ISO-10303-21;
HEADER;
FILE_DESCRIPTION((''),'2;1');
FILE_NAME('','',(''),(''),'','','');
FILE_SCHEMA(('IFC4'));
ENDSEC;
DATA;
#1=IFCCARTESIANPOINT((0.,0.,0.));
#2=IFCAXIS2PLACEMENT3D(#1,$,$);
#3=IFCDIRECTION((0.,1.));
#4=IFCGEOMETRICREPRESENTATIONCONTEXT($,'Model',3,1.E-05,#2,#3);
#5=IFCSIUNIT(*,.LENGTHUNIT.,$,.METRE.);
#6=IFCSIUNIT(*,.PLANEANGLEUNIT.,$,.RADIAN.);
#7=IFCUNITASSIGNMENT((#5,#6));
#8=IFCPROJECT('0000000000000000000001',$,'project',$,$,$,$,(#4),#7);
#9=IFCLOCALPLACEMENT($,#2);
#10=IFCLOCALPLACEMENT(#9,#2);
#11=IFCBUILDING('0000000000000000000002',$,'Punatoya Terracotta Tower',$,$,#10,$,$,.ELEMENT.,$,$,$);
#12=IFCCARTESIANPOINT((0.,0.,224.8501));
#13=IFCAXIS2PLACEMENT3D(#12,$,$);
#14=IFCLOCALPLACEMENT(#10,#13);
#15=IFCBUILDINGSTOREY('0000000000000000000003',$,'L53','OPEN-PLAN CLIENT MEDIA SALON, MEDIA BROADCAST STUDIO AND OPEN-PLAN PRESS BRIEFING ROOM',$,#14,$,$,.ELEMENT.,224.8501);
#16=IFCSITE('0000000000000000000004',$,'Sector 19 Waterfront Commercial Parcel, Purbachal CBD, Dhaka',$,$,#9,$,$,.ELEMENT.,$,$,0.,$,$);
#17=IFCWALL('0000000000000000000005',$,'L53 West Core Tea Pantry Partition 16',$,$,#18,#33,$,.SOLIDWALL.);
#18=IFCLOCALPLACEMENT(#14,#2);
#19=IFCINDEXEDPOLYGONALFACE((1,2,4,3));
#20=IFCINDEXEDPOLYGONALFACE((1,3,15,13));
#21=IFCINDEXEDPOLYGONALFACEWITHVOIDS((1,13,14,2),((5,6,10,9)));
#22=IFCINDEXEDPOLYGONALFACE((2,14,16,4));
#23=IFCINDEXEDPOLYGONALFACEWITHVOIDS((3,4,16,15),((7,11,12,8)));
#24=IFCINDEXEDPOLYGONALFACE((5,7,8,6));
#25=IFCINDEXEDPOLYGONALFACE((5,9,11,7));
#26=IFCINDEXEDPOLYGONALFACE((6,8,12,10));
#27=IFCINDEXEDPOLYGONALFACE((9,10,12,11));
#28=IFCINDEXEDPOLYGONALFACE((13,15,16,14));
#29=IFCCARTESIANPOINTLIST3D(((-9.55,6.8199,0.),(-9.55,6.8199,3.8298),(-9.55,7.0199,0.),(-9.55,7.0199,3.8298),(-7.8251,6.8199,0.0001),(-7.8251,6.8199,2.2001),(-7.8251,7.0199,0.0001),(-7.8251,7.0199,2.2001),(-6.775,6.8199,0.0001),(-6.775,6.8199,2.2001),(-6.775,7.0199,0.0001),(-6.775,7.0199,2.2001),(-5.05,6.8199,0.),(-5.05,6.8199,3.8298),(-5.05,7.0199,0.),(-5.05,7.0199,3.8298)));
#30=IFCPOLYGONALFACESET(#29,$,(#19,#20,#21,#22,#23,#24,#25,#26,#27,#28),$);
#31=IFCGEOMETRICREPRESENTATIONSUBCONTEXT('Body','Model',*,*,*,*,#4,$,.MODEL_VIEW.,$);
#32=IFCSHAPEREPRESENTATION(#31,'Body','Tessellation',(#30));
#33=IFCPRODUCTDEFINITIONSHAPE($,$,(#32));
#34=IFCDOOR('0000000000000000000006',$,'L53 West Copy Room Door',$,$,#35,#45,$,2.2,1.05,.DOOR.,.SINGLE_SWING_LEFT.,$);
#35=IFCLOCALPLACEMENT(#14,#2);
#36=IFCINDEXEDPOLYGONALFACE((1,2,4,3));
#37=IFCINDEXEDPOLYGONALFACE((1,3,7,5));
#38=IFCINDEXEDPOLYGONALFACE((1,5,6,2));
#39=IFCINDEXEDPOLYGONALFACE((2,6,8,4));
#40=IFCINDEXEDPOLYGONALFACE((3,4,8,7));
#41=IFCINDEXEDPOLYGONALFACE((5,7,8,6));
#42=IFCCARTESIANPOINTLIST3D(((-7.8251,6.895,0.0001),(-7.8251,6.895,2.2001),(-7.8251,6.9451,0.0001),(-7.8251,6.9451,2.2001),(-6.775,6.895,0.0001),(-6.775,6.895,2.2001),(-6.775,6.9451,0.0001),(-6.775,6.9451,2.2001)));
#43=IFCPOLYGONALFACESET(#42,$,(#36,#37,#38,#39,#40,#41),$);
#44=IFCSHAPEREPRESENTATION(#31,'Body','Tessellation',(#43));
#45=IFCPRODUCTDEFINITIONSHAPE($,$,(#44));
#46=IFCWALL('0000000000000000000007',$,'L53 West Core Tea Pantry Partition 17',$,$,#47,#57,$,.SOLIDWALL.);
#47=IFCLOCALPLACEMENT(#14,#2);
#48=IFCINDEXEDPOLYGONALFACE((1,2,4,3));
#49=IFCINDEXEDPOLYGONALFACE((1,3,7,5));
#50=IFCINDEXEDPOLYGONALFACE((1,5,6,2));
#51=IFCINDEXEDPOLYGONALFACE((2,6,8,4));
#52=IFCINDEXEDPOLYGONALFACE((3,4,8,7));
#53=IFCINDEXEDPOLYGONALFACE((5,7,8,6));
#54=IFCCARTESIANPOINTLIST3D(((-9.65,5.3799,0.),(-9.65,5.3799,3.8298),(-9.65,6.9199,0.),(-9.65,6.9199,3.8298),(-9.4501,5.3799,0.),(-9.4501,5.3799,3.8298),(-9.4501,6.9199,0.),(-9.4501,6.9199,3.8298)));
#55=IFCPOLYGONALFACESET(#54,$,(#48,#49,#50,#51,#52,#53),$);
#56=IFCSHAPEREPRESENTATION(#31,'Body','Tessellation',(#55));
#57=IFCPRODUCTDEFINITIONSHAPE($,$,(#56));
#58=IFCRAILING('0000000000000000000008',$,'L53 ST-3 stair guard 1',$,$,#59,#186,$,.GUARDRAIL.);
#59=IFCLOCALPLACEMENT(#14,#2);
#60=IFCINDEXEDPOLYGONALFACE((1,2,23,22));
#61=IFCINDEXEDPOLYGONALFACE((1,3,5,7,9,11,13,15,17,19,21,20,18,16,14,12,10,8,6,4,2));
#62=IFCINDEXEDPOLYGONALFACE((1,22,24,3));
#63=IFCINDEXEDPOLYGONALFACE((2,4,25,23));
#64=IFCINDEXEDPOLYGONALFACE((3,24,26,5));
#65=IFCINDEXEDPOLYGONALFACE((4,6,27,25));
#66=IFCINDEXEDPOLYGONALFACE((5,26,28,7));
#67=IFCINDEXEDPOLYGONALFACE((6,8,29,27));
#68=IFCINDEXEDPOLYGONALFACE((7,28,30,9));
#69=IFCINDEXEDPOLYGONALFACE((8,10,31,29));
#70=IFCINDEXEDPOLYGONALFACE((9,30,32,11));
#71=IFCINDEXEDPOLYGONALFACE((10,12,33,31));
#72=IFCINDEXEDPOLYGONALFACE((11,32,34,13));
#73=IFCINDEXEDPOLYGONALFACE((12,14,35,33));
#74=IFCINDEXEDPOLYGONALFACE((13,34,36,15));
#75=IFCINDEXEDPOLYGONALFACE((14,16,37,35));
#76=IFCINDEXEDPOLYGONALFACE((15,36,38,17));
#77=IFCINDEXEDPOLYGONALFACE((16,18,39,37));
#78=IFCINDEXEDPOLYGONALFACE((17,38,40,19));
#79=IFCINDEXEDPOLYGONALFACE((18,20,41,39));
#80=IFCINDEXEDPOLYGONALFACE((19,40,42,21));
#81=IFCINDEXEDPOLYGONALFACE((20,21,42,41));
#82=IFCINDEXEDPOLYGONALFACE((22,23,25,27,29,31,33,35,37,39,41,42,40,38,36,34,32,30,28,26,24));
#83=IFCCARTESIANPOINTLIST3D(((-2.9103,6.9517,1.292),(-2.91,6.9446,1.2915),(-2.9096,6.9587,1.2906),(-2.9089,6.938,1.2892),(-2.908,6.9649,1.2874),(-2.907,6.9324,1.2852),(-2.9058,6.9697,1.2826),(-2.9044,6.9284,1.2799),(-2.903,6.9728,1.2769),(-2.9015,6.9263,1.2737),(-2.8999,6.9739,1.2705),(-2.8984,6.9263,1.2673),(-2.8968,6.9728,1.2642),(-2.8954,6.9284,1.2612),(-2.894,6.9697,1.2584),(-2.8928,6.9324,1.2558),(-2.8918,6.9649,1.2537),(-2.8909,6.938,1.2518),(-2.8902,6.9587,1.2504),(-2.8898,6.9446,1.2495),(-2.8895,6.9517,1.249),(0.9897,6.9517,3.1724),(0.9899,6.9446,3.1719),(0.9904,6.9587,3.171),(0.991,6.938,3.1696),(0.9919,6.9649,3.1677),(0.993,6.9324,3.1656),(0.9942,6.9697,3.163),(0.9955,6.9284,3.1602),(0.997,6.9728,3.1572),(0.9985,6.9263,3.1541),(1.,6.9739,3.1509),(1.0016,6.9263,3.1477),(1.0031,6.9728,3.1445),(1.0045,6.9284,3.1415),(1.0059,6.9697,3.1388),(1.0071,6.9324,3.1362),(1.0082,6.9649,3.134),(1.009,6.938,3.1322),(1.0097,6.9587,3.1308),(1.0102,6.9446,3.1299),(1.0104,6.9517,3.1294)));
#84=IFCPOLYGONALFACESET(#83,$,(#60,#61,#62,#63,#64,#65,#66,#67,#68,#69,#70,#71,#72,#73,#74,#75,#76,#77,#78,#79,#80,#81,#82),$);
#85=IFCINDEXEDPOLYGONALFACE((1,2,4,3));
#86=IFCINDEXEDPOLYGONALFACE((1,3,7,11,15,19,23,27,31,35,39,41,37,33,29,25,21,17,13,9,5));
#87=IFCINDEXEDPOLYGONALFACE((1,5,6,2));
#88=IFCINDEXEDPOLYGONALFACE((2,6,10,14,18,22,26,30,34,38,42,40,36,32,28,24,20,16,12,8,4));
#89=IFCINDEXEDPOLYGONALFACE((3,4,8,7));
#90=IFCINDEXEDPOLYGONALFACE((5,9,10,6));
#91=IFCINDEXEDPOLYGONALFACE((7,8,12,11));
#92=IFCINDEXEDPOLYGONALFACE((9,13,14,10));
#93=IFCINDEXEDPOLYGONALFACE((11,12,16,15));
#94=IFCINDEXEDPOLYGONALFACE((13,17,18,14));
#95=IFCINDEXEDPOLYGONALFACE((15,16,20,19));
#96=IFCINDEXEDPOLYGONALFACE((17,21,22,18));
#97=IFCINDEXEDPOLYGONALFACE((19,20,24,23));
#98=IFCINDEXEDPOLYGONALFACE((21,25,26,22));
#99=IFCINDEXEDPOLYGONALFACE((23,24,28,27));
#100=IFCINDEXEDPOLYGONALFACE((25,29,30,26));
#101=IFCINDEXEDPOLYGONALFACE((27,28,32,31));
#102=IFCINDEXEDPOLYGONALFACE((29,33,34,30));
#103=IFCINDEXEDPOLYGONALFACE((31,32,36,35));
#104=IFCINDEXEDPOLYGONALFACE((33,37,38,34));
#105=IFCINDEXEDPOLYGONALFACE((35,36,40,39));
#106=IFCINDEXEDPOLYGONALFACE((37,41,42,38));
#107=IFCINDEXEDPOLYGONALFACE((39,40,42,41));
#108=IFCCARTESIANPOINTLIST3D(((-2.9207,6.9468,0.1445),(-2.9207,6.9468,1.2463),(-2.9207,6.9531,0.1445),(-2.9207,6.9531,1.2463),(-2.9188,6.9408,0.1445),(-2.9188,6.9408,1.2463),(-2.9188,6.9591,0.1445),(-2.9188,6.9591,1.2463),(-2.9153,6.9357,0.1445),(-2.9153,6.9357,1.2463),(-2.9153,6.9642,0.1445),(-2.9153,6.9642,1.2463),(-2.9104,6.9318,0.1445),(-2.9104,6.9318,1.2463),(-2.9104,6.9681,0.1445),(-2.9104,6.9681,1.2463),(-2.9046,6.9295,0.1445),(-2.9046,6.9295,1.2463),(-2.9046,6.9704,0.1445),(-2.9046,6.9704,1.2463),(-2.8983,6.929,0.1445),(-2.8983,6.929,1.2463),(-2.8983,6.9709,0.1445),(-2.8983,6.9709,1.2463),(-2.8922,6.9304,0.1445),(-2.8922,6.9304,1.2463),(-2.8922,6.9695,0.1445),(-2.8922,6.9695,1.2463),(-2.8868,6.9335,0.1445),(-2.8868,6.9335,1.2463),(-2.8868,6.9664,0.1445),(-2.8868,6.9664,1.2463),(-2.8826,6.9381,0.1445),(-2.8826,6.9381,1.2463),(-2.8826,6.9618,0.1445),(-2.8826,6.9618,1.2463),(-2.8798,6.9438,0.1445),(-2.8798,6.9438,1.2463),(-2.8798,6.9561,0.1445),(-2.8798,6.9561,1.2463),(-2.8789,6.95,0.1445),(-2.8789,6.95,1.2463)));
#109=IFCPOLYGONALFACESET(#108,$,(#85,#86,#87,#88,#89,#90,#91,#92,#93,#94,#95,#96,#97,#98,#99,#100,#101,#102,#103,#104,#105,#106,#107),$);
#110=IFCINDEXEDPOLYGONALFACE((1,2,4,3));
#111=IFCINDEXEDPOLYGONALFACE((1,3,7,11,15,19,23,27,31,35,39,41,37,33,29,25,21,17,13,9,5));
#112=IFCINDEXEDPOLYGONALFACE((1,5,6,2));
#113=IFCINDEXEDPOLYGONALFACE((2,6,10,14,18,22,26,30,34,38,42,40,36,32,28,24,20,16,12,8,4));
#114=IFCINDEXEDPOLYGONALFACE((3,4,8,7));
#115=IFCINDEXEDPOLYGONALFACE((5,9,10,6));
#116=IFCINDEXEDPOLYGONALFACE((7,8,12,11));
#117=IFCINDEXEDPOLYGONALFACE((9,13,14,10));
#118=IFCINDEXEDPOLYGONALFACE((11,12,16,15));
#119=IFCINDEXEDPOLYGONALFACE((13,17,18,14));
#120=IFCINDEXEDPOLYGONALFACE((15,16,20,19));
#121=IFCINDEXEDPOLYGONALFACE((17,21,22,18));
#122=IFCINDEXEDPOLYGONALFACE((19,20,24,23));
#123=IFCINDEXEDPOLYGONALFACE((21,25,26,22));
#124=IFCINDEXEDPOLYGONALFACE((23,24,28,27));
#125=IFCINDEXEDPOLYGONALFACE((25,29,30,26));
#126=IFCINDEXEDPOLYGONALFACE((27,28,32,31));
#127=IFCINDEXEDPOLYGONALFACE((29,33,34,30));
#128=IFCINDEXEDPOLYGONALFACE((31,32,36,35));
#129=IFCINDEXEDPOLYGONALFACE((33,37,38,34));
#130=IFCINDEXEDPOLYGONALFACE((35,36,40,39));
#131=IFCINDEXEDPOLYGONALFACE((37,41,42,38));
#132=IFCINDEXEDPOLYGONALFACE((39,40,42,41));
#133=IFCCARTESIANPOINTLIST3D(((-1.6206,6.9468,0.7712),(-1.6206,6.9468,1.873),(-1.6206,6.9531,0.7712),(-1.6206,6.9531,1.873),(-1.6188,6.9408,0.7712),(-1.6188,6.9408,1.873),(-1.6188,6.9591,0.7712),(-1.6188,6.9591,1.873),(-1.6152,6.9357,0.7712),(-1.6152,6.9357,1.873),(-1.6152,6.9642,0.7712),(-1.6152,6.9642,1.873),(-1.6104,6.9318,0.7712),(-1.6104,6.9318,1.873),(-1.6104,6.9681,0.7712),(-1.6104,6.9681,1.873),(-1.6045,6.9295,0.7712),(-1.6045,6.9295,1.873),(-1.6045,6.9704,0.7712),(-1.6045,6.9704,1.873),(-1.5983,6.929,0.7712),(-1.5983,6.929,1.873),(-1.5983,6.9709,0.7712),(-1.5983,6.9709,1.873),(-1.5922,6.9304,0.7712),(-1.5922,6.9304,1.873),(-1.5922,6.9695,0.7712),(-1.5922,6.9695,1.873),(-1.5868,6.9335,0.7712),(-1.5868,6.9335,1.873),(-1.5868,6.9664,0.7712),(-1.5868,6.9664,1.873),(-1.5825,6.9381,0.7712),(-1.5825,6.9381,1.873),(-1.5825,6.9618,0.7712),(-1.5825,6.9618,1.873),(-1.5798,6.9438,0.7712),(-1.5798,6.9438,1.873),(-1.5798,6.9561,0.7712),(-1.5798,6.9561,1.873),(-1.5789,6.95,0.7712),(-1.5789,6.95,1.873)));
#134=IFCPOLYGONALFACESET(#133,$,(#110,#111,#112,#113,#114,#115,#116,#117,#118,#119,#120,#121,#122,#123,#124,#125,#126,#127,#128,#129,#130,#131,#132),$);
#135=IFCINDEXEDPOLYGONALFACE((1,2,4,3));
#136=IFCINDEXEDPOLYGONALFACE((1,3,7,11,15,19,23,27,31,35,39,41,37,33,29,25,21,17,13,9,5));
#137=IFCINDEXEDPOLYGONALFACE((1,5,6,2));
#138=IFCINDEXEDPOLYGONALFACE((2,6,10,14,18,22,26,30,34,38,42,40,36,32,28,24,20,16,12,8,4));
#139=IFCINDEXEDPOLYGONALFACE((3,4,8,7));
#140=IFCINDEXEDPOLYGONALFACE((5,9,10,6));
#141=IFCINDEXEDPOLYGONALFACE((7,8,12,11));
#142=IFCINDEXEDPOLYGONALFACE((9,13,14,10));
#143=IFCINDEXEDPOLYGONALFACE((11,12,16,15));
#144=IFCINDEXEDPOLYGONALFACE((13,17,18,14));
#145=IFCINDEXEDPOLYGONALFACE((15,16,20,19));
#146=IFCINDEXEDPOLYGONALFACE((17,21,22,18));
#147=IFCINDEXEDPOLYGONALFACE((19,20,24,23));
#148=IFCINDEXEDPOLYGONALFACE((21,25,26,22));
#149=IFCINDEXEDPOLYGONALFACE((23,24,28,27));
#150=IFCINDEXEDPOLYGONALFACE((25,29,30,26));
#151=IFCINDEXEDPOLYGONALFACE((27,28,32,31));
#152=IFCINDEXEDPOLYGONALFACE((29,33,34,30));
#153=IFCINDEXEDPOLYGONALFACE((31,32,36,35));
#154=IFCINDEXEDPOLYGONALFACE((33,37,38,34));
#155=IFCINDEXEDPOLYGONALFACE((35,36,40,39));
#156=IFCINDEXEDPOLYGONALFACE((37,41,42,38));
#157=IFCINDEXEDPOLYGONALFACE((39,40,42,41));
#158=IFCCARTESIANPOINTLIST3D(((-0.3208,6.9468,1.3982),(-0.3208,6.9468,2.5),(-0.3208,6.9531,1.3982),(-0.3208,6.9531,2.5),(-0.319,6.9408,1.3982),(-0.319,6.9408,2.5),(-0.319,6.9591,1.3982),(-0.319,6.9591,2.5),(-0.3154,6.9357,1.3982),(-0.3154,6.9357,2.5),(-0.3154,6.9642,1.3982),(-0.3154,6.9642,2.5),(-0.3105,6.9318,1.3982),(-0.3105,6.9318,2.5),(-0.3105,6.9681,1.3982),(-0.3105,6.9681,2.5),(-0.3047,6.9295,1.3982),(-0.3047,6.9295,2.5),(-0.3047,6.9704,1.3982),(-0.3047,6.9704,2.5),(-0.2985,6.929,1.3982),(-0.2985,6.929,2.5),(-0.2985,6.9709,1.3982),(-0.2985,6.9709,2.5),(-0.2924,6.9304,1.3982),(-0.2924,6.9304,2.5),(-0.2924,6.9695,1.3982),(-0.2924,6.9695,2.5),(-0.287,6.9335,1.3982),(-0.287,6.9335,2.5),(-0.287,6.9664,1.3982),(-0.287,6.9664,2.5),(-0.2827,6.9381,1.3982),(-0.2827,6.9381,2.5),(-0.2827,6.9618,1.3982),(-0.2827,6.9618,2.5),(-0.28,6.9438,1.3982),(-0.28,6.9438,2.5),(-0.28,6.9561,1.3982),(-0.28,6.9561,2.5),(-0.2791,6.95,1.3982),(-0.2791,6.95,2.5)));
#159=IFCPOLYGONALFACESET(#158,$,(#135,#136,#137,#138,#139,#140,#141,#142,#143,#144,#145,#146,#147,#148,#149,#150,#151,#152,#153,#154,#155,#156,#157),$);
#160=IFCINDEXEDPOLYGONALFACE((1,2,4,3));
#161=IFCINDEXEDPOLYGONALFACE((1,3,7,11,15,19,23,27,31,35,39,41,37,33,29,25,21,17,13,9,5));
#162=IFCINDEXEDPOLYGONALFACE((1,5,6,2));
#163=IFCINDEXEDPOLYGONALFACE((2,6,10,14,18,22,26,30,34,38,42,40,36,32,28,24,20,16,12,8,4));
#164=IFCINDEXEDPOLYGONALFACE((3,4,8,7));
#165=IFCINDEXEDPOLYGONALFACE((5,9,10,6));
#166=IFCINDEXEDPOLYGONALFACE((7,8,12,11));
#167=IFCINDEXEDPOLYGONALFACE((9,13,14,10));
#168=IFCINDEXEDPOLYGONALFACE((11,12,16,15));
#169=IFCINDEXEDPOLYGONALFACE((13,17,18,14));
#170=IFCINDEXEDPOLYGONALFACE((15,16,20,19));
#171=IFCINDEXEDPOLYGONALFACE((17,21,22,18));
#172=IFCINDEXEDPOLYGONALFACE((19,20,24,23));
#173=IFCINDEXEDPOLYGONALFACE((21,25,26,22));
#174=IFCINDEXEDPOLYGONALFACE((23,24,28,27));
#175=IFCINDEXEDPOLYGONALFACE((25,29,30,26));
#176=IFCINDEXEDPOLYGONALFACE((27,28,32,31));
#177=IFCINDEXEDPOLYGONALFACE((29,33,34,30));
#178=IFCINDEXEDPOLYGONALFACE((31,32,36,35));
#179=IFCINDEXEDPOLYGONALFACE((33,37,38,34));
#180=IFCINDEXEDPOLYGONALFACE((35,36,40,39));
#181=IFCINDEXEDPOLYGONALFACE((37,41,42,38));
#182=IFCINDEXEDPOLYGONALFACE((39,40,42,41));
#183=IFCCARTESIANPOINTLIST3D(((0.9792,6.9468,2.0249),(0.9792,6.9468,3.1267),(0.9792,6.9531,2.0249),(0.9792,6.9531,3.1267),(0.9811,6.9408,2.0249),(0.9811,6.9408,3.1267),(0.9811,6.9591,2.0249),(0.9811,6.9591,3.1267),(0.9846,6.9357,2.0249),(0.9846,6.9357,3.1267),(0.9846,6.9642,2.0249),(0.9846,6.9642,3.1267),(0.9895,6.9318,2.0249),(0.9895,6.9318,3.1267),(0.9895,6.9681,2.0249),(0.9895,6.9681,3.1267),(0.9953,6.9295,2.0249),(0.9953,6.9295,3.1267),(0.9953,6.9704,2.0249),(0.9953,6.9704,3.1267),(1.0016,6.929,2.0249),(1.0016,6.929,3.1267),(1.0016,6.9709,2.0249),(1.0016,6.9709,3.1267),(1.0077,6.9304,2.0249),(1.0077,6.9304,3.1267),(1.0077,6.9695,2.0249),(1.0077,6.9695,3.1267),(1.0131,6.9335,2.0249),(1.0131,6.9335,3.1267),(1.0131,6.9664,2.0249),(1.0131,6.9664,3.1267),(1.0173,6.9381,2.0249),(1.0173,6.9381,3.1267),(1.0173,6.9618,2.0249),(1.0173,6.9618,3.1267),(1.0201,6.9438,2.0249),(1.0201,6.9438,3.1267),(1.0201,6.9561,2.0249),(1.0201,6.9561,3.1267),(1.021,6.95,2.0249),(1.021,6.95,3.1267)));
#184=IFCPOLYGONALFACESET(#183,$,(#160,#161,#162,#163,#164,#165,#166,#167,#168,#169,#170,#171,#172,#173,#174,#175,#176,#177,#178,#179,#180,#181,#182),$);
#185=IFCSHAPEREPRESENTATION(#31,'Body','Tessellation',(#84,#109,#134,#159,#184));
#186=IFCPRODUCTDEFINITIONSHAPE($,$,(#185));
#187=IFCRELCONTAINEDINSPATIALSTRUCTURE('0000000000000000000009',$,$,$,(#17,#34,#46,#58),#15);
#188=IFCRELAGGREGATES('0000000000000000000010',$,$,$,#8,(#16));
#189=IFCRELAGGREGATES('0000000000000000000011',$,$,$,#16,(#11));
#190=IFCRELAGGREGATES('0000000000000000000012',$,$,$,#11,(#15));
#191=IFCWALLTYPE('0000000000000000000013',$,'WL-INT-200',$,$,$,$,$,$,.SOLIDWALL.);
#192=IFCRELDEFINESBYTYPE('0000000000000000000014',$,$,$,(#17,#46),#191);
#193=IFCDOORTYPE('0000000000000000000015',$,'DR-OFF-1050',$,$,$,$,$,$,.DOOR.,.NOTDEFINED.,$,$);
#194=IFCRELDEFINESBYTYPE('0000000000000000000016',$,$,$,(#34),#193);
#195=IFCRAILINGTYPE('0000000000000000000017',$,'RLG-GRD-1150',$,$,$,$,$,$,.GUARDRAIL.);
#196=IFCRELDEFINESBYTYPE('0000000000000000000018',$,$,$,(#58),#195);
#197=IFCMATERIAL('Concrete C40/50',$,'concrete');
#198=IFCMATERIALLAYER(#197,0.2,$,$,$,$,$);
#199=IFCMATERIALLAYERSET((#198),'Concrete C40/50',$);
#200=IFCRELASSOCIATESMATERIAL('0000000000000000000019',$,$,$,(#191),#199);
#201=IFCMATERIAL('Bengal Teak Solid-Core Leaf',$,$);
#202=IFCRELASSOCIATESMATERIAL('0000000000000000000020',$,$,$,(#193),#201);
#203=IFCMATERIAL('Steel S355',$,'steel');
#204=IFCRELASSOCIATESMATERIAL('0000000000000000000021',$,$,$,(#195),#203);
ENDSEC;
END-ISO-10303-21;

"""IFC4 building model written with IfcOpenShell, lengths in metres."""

from ifc_helpers import new_model, si_unit, direction, frame, frame_2d, origin, origin_2d, place, context, subcontext, project, spatial, rectangle, circle, extrude, material, layer, layer_set, type_object, element, fill, save


model = new_model("IFC4")

# Units and contexts
model_context = context("Model", 3, precision=1e-05, world=origin(), true_north=direction((0.0, 1.0)))
body_context = subcontext(model_context, "Body", "Model", "MODEL_VIEW")
ifc_project = project(units=[si_unit("LENGTHUNIT", "METRE"), si_unit("PLANEANGLEUNIT", "RADIAN")], contexts=[model_context])

# Site, building, storey
site_placement = place(None, origin())
site = spatial("IfcSite", under=ifc_project, at=site_placement, Name="Sector 19 Waterfront Commercial Parcel, Purbachal CBD, Dhaka", CompositionType="ELEMENT", RefElevation=0.0)
building_placement = place(site_placement, origin())
building = spatial("IfcBuilding", under=site, at=building_placement, Name="Punatoya Terracotta Tower", CompositionType="ELEMENT")
storey_placement = place(building_placement, frame((0.0, 0.0, 224.8501)))
storey = spatial("IfcBuildingStorey", under=building, at=storey_placement, Name="L53", Description="OPEN-PLAN CLIENT MEDIA SALON, MEDIA BROADCAST STUDIO AND OPEN-PLAN PRESS BRIEFING ROOM", CompositionType="ELEMENT", Elevation=224.8501)

# Shared definitions
ifc_material_1 = material(Name="Steel S355", Category="steel")

# Wall, opening, door
ifc_material_2 = material(Name="Concrete C40/50", Category="concrete")
ifc_layer_1 = layer(ifc_material_2, 0.2)
ifc_layer_set_1 = layer_set([ifc_layer_1], Name="Concrete C40/50")
wall_type_1 = type_object("IfcWallType", Name="WL-INT-200", PredefinedType="SOLIDWALL", material=ifc_layer_set_1)
wall_1_placement = place(storey_placement, frame((-5.05, 6.9199, 0.0), z_axis=(0.0, 0.0, 1.0), x_axis=(-1.0, 0.0, 0.0)))
wall_1 = element("IfcWall", 1, at=wall_1_placement, inside=storey, type_object=wall_type_1, Name="L53 West Core Tea Pantry Partition 16", PredefinedType="SOLIDWALL", context=body_context, shape_type="SweptSolid", body=[
    extrude(rectangle(XDim=4.5, YDim=0.2, at=frame_2d((2.25, 0.0))), origin(), (0.0, 0.0, 1.0), 3.8298),
])
opening_1_placement = place(wall_1_placement, frame((1.7251, 0.0, 0.0)))
opening_1 = element("IfcOpeningElement", 2, at=opening_1_placement, cuts=wall_1, PredefinedType="OPENING", context=body_context, shape_type="SweptSolid", body=[
    extrude(rectangle(XDim=1.05, YDim=2.2, at=frame_2d((0.5249, 1.1001))), frame((0.0, 0.1099, 0.0), z_axis=(0.0, -1.0, 0.0), x_axis=(1.0, 0.0, 0.0)), (0.0, 0.0, 1.0), 0.22),
])
ifc_material_3 = material(Name="Bengal Teak Solid-Core Leaf")
door_type_1 = type_object("IfcDoorType", Name="DR-OFF-1050", OperationType="NOTDEFINED", PredefinedType="DOOR", material=ifc_material_3)
door_1_placement = place(opening_1_placement, origin())
door_1 = element("IfcDoor", 3, at=door_1_placement, inside=storey, type_object=door_type_1, Name="L53 West Copy Room Door", OperationType="SINGLE_SWING_LEFT", OverallHeight=2.2, OverallWidth=1.05, PredefinedType="DOOR", context=body_context, shape_type="SweptSolid", body=[
    extrude(rectangle(XDim=1.05, YDim=2.2, at=frame_2d((0.5249, 1.1001))), frame((0.0, 0.0249, 0.0), z_axis=(0.0, -1.0, 0.0), x_axis=(1.0, 0.0, 0.0)), (0.0, 0.0, 1.0), 0.05),
])
fill(opening_1, door_1)

# Wall
wall_2_placement = place(storey_placement, frame((-9.55, 6.9199, 0.0), z_axis=(0.0, 0.0, 1.0), x_axis=(0.0, -1.0, 0.0)))
element("IfcWall", 4, at=wall_2_placement, inside=storey, type_object=wall_type_1, Name="L53 West Core Tea Pantry Partition 17", PredefinedType="SOLIDWALL", context=body_context, shape_type="SweptSolid", body=[
    extrude(rectangle(XDim=1.54, YDim=0.2, at=frame_2d((0.77, 0.0))), origin(), (0.0, 0.0, 1.0), 3.8298),
])

# Railing
railing_type = type_object("IfcRailingType", Name="RLG-GRD-1150", PredefinedType="GUARDRAIL", material=ifc_material_1)
railing_1_placement = place(storey_placement, frame((-2.8999, 6.95, 0.1445)))
element("IfcRailing", 5, at=railing_1_placement, inside=storey, type_object=railing_type, Name="L53 ST-3 stair guard 1", PredefinedType="GUARDRAIL", context=body_context, shape_type="SweptSolid", body=[
    extrude(circle(Radius=0.0239, at=origin_2d()), frame((0.0, 0.0, 1.126), z_axis=(0.900763, 0.0, 0.434311), x_axis=(0.0, 1.0, 0.0)), (0.0, 0.0, 1.0), 4.3296),
    extrude(circle(Radius=0.021, at=origin_2d()), origin(), (0.0, 0.0, 1.0), 1.1018),
    extrude(circle(Radius=0.021, at=origin_2d()), frame((1.3, 0.0, 0.6267)), (0.0, 0.0, 1.0), 1.1018),
    extrude(circle(Radius=0.021, at=origin_2d()), frame((2.5999, 0.0, 1.2537)), (0.0, 0.0, 1.0), 1.1018),
    extrude(circle(Radius=0.021, at=origin_2d()), frame((3.8999, 0.0, 1.8804)), (0.0, 0.0, 1.0), 1.1018),
])

save(model, "model.ifc")
